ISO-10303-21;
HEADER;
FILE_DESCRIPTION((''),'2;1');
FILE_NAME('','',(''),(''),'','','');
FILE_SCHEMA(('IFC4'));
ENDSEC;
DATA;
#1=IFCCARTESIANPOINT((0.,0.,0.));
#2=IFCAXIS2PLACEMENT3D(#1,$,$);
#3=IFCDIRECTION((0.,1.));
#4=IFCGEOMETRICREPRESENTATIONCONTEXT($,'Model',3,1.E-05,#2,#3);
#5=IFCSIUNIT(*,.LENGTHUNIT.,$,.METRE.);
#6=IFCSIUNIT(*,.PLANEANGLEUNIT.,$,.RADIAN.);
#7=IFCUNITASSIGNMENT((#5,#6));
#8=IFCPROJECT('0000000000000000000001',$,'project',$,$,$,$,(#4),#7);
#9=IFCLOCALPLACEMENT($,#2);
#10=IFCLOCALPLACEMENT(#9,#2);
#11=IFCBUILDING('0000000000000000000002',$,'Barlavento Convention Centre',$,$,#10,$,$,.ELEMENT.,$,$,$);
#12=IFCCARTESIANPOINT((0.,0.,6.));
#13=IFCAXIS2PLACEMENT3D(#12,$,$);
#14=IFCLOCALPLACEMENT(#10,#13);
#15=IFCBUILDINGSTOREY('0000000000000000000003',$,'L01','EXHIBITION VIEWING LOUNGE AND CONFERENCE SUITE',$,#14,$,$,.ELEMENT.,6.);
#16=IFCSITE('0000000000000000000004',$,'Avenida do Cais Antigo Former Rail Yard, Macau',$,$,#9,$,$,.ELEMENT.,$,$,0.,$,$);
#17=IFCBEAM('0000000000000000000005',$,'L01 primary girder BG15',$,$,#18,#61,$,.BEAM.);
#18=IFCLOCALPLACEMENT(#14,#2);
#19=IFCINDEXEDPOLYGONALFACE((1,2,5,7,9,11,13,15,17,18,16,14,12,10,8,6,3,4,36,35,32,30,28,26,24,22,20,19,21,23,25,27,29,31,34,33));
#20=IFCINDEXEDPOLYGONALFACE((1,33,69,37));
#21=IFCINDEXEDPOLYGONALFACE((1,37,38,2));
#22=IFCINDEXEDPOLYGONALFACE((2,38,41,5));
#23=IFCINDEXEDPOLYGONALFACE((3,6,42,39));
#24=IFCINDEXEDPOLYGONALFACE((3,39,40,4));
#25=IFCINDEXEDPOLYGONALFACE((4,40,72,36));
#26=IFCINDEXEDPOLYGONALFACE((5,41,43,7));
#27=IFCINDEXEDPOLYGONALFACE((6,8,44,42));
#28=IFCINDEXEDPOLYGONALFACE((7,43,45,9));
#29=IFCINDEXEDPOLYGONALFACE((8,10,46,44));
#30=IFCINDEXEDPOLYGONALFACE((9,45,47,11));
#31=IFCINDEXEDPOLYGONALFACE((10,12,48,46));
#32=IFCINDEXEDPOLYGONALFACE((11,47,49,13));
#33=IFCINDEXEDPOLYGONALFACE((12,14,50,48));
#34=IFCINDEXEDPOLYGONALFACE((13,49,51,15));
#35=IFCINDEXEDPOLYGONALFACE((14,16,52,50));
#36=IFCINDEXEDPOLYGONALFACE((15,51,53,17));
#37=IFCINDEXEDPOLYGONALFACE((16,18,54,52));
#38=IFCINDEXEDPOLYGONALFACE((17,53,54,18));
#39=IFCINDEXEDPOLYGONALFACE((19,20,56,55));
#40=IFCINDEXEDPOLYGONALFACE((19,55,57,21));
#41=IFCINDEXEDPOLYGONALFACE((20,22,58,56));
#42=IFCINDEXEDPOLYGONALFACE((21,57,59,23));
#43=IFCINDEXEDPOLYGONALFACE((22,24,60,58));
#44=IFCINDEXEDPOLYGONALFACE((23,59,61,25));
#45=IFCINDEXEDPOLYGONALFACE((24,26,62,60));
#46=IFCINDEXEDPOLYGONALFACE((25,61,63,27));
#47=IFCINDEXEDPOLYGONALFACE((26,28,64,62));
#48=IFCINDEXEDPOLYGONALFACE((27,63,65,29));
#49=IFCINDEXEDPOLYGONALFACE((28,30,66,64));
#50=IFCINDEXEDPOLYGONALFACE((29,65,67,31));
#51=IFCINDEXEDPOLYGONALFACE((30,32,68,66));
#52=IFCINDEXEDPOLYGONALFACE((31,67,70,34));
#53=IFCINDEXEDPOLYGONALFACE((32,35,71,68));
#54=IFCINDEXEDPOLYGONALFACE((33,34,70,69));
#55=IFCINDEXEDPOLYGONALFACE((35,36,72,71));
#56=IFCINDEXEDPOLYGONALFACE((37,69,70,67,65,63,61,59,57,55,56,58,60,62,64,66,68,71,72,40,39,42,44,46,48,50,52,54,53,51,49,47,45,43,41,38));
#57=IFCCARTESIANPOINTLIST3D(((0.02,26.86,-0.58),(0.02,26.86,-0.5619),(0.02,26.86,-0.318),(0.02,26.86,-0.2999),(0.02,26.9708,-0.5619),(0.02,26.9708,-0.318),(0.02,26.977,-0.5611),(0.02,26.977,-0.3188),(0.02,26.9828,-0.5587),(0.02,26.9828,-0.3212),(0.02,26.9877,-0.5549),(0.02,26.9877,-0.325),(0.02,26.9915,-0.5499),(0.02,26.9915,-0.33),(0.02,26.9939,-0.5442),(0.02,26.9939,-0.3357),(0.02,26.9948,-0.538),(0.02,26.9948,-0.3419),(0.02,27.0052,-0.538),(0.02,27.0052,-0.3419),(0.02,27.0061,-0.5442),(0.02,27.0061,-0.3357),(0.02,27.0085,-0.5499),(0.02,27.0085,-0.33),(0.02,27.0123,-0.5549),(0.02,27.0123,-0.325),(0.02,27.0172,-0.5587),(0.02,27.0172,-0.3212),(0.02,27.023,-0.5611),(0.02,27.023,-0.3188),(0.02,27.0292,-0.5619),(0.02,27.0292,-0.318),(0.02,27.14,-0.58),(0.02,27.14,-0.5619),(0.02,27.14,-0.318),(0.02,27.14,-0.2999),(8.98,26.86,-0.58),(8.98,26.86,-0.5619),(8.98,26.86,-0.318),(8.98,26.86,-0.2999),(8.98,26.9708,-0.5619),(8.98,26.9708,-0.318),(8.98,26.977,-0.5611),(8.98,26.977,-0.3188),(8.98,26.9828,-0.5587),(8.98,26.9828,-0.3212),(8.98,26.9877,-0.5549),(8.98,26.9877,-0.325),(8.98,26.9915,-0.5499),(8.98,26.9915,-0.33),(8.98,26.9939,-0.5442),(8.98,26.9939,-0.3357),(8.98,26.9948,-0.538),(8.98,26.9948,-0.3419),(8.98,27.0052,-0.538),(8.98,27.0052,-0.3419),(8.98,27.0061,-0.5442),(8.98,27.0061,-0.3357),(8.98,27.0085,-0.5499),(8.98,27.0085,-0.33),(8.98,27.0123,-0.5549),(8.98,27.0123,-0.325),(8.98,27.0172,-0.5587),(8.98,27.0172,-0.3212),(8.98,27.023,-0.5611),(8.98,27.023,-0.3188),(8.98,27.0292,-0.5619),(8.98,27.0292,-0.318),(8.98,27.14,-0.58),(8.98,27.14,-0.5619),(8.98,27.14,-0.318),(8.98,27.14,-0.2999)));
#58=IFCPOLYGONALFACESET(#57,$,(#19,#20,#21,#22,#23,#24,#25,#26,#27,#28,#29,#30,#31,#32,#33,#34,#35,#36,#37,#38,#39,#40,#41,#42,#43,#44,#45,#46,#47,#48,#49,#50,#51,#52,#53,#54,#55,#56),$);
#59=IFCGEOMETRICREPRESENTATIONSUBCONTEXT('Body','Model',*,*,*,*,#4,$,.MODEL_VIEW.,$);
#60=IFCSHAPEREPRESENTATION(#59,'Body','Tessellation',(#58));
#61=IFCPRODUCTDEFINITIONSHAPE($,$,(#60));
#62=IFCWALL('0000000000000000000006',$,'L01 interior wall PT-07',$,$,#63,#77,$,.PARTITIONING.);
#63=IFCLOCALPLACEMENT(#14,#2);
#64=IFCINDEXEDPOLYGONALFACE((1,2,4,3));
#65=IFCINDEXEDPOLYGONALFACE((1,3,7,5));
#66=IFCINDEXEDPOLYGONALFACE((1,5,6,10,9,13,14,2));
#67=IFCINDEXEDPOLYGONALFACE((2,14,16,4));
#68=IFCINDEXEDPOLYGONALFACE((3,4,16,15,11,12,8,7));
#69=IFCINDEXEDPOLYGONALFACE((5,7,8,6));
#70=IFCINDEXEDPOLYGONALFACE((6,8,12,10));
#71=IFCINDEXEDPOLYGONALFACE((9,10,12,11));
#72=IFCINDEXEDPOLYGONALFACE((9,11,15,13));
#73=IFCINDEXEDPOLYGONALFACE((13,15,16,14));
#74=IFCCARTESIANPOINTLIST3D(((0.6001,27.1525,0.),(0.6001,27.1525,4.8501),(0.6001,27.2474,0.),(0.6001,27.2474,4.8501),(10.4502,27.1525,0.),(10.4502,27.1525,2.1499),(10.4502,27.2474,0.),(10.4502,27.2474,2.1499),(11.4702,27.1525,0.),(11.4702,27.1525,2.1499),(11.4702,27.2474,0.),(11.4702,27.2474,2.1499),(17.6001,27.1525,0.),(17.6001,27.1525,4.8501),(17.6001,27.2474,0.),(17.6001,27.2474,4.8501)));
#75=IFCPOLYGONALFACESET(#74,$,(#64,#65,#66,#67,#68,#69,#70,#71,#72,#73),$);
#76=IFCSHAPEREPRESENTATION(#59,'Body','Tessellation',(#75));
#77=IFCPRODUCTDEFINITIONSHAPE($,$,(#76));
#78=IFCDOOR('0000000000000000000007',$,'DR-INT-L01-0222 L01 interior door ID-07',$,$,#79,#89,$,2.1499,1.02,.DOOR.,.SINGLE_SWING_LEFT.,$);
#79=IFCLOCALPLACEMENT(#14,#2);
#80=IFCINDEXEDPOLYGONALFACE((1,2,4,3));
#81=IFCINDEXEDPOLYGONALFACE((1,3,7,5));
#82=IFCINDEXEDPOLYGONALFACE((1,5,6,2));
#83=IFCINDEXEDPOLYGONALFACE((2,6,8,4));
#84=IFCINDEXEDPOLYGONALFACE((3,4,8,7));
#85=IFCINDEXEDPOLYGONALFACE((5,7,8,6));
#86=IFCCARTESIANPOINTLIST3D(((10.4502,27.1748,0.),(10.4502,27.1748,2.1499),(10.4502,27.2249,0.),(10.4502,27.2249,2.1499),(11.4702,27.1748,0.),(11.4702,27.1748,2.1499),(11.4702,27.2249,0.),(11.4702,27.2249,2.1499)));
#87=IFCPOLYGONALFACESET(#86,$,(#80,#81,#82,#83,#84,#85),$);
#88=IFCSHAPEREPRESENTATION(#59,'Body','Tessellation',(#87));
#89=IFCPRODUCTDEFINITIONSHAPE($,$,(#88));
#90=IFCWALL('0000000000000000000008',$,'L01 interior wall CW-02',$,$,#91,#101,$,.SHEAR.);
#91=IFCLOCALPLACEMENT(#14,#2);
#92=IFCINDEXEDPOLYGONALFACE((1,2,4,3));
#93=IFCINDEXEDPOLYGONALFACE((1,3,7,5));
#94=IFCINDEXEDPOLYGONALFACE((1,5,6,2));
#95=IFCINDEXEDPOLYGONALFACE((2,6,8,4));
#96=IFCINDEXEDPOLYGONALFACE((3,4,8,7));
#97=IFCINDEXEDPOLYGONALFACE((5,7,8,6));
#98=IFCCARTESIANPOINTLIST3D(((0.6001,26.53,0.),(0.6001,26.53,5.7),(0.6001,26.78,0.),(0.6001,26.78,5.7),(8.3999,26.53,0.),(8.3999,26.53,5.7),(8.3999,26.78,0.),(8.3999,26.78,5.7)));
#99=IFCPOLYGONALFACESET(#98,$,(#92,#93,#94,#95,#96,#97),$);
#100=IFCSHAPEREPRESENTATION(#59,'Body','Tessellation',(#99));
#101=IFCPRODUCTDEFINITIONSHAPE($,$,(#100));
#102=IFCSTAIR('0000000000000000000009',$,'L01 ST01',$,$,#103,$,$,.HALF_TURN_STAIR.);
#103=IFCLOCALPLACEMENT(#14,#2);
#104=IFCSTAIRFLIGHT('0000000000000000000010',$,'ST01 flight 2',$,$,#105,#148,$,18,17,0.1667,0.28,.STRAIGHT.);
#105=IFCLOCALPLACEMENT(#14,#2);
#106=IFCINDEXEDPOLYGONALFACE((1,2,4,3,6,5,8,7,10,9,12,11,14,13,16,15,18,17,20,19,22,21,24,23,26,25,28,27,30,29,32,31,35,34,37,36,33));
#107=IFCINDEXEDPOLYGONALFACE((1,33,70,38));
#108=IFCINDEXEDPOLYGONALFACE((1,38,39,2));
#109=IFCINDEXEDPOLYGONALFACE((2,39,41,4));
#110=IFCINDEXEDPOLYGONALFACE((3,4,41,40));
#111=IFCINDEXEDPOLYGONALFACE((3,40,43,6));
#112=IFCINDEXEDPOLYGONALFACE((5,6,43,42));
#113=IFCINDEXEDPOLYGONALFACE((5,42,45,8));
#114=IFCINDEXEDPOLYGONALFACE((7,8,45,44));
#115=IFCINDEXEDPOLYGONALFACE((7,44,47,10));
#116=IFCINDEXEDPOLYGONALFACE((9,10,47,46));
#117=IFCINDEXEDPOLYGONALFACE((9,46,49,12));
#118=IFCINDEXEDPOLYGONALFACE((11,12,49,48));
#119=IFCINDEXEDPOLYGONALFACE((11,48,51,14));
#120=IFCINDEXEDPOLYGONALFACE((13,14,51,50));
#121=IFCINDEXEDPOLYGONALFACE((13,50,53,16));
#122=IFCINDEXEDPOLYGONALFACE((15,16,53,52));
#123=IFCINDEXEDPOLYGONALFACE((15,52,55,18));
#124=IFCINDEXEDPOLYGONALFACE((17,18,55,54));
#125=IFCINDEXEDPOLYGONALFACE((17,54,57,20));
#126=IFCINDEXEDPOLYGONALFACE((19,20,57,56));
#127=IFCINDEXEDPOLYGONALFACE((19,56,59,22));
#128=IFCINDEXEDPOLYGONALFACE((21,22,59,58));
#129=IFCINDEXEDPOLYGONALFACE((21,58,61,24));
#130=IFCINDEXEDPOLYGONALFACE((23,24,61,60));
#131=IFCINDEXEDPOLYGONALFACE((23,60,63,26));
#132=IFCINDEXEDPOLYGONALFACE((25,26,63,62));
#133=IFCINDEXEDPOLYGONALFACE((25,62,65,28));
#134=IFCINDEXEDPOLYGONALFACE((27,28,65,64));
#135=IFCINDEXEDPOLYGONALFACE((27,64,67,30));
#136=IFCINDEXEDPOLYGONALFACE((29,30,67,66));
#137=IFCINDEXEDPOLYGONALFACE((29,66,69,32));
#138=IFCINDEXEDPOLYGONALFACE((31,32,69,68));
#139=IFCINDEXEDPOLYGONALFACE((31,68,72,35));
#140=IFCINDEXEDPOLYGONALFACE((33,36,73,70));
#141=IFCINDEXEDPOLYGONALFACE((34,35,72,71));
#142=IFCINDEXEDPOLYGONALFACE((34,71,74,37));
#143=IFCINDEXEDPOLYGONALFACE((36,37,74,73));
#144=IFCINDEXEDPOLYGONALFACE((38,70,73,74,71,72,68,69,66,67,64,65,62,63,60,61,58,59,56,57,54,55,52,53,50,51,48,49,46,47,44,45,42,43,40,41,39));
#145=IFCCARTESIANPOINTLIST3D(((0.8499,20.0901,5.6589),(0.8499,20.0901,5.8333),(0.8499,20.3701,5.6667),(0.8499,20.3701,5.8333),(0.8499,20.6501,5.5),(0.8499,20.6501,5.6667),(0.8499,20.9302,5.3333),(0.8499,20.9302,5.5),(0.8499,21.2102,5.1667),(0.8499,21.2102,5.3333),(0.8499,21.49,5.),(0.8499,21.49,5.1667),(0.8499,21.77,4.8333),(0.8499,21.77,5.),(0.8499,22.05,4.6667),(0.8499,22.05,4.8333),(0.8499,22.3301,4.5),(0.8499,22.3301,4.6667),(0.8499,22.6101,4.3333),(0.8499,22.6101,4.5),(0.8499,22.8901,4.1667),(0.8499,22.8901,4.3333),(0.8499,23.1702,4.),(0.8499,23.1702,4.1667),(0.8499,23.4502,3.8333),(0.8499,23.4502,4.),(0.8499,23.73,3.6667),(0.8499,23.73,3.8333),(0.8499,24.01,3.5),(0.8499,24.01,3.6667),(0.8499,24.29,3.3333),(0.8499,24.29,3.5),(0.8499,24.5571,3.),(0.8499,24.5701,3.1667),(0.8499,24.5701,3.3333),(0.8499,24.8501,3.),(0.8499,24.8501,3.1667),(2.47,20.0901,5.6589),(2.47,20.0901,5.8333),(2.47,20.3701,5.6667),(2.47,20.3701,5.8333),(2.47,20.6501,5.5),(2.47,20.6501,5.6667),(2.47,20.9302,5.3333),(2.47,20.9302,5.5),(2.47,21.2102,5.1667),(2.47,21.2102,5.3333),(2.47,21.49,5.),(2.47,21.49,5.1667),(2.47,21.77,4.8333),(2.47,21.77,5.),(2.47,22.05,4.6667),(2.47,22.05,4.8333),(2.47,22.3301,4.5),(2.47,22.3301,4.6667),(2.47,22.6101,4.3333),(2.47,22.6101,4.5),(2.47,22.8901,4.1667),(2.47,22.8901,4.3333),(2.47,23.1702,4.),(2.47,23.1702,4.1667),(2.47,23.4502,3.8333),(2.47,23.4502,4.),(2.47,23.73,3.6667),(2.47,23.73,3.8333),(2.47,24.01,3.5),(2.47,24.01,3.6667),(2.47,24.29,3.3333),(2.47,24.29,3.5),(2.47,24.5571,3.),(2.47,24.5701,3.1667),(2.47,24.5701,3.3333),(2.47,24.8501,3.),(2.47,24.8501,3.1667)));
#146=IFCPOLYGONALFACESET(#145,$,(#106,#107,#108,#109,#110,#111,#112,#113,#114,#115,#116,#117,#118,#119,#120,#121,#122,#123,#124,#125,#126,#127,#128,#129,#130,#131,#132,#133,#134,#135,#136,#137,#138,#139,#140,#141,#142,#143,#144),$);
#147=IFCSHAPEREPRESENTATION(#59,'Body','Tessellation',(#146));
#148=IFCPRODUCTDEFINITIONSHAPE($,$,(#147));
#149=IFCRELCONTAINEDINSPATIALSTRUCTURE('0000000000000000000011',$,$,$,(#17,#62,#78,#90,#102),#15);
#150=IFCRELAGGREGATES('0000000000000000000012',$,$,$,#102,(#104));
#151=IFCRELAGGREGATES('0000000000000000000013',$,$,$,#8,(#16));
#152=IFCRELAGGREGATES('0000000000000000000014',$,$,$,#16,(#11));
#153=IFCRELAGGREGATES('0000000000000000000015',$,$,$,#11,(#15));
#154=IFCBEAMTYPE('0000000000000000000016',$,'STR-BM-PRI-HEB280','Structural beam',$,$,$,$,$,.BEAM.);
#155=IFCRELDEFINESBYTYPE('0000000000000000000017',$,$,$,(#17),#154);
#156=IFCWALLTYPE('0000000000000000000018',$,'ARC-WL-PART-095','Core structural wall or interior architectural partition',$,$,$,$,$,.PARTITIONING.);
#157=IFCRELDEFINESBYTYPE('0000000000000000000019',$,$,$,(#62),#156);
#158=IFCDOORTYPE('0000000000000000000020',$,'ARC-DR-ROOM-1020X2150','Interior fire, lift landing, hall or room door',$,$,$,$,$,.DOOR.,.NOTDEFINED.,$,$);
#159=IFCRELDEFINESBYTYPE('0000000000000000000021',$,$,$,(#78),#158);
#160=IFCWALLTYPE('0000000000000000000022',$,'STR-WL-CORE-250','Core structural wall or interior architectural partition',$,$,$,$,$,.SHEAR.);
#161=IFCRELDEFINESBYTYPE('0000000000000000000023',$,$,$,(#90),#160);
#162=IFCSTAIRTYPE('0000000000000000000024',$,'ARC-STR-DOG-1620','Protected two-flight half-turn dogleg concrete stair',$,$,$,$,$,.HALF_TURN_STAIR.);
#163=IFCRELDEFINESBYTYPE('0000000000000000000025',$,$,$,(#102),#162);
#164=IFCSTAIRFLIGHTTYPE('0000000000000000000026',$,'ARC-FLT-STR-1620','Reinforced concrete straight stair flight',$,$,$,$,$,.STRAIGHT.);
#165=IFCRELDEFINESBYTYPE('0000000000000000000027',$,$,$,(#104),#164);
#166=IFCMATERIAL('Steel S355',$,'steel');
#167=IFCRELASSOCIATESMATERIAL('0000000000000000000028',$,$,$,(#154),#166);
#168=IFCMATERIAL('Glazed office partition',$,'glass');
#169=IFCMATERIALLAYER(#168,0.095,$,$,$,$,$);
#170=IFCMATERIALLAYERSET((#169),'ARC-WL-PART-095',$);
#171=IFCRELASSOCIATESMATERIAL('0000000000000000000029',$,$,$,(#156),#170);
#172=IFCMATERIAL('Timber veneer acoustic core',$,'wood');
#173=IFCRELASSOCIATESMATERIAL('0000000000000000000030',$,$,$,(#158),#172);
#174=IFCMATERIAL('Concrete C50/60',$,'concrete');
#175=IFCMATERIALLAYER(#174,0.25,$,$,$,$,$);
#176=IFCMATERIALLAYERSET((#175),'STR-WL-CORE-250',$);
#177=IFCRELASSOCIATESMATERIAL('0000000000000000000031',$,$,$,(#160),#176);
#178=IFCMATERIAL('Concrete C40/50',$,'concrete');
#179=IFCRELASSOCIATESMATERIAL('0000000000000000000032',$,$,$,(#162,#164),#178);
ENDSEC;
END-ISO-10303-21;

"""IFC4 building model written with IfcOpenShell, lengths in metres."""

from ifc_helpers import new_model, si_unit, direction, frame, frame_2d, origin, origin_2d, place, context, subcontext, project, spatial, polyline, rectangle, i_section, outline, extrude, material, layer, layer_set, material_profile, profile_set, type_object, element, fill, aggregate, save


model = new_model("IFC4")

# Units and contexts
model_context = context("Model", 3, precision=1e-05, world=origin(), true_north=direction((0.0, 1.0)))
body_context = subcontext(model_context, "Body", "Model", "MODEL_VIEW")
ifc_project = project(units=[si_unit("LENGTHUNIT", "METRE"), si_unit("PLANEANGLEUNIT", "RADIAN")], contexts=[model_context])

# Site, building, storey
site_placement = place(None, origin())
site = spatial("IfcSite", under=ifc_project, at=site_placement, Name="Avenida do Cais Antigo Former Rail Yard, Macau", CompositionType="ELEMENT", RefElevation=0.0)
building_placement = place(site_placement, origin())
building = spatial("IfcBuilding", under=site, at=building_placement, Name="Barlavento Convention Centre", CompositionType="ELEMENT")
storey_placement = place(building_placement, frame((0.0, 0.0, 6.0)))
storey = spatial("IfcBuildingStorey", under=building, at=storey_placement, Name="L01", Description="EXHIBITION VIEWING LOUNGE AND CONFERENCE SUITE", CompositionType="ELEMENT", Elevation=6.0)

# Shared definitions
ifc_material_1 = material(Name="Steel S355", Category="steel")

# Beam
ifc_material_profile_1 = material_profile(ifc_material_1, i_section(OverallWidth=0.28, OverallDepth=0.28, WebThickness=0.0105, FlangeThickness=0.0181, FilletRadius=0.0239, at=origin_2d()), Name="HEB 280")
ifc_profile_set_1 = profile_set([ifc_material_profile_1], Name="Steel S355")
beam_type_1 = type_object("IfcBeamType", Name="STR-BM-PRI-HEB280", Description="Structural beam", PredefinedType="BEAM", material=ifc_profile_set_1)
beam_1_placement = place(storey_placement, frame((0.02, 27.0, -0.4399), z_axis=(1.0, 0.0, 0.0), x_axis=(0.0, 1.0, 0.0)))
element("IfcBeam", 1, at=beam_1_placement, inside=storey, type_object=beam_type_1, Name="L01 primary girder BG15", PredefinedType="BEAM", context=body_context, shape_type="SweptSolid", body=[
    extrude(i_section(OverallWidth=0.28, OverallDepth=0.28, WebThickness=0.0105, FlangeThickness=0.0181, FilletRadius=0.0239, at=origin_2d()), origin(), (0.0, 0.0, 1.0), 8.96),
])

# Wall, opening, door
ifc_material_2 = material(Name="Glazed office partition", Category="glass")
ifc_layer_1 = layer(ifc_material_2, 0.095)
ifc_layer_set_1 = layer_set([ifc_layer_1], Name="ARC-WL-PART-095")
wall_type_1 = type_object("IfcWallType", Name="ARC-WL-PART-095", Description="Core structural wall or interior architectural partition", PredefinedType="PARTITIONING", material=ifc_layer_set_1)
wall_1_placement = place(storey_placement, frame((0.6001, 27.2, 0.0), z_axis=(0.0, 0.0, 1.0), x_axis=(1.0, 0.0, 0.0)))
wall_1 = element("IfcWall", 2, at=wall_1_placement, inside=storey, type_object=wall_type_1, Name="L01 interior wall PT-07", PredefinedType="PARTITIONING", context=body_context, shape_type="SweptSolid", body=[
    extrude(rectangle(XDim=17.0, YDim=0.095, at=frame_2d((8.5, 0.0))), origin(), (0.0, 0.0, 1.0), 4.8501),
])
opening_1_placement = place(wall_1_placement, frame((9.8501, 0.0, 0.0)))
opening_1 = element("IfcOpeningElement", 3, at=opening_1_placement, cuts=wall_1, PredefinedType="OPENING", context=body_context, shape_type="SweptSolid", body=[
    extrude(rectangle(XDim=1.02, YDim=2.1499, at=frame_2d((0.51, 1.075))), frame((0.0, 0.0574, 0.0), z_axis=(0.0, -1.0, 0.0), x_axis=(1.0, 0.0, 0.0)), (0.0, 0.0, 1.0), 0.115),
])
ifc_material_3 = material(Name="Timber veneer acoustic core", Category="wood")
door_type_1 = type_object("IfcDoorType", Name="ARC-DR-ROOM-1020X2150", Description="Interior fire, lift landing, hall or room door", OperationType="NOTDEFINED", PredefinedType="DOOR", material=ifc_material_3)
door_1_placement = place(opening_1_placement, origin())
door_1 = element("IfcDoor", 4, at=door_1_placement, inside=storey, type_object=door_type_1, Name="DR-INT-L01-0222 L01 interior door ID-07", OperationType="SINGLE_SWING_LEFT", OverallHeight=2.1499, OverallWidth=1.02, PredefinedType="DOOR", context=body_context, shape_type="SweptSolid", body=[
    extrude(rectangle(XDim=1.02, YDim=2.1499, at=frame_2d((0.51, 1.075))), frame((0.0, 0.0249, 0.0), z_axis=(0.0, -1.0, 0.0), x_axis=(1.0, 0.0, 0.0)), (0.0, 0.0, 1.0), 0.05),
])
fill(opening_1, door_1)

# Wall
ifc_material_4 = material(Name="Concrete C50/60", Category="concrete")
ifc_layer_2 = layer(ifc_material_4, 0.25)
ifc_layer_set_2 = layer_set([ifc_layer_2], Name="STR-WL-CORE-250")
wall_type_2 = type_object("IfcWallType", Name="STR-WL-CORE-250", Description="Core structural wall or interior architectural partition", PredefinedType="SHEAR", material=ifc_layer_set_2)
wall_2_placement = place(storey_placement, frame((0.6001, 26.655, 0.0), z_axis=(0.0, 0.0, 1.0), x_axis=(1.0, 0.0, 0.0)))
element("IfcWall", 5, at=wall_2_placement, inside=storey, type_object=wall_type_2, Name="L01 interior wall CW-02", PredefinedType="SHEAR", context=body_context, shape_type="SweptSolid", body=[
    extrude(rectangle(XDim=7.7998, YDim=0.25, at=frame_2d((3.8999, 0.0))), origin(), (0.0, 0.0, 1.0), 5.7),
])

# Stair, stair flight
ifc_material_5 = material(Name="Concrete C40/50", Category="concrete")
stair_type = type_object("IfcStairType", Name="ARC-STR-DOG-1620", Description="Protected two-flight half-turn dogleg concrete stair", PredefinedType="HALF_TURN_STAIR", material=ifc_material_5)
stair_placement = place(storey_placement, origin())
stair = element("IfcStair", 6, at=stair_placement, inside=storey, type_object=stair_type, Name="L01 ST01", PredefinedType="HALF_TURN_STAIR")
stair_flight_type = type_object("IfcStairFlightType", Name="ARC-FLT-STR-1620", Description="Reinforced concrete straight stair flight", PredefinedType="STRAIGHT", material=ifc_material_5)
stair_flight_placement = place(storey_placement, frame((1.6599, 24.8501, 3.0), z_axis=(0.0, 0.0, 1.0), x_axis=(0.0, -1.0, 0.0)))
stair_flight = element("IfcStairFlight", 7, at=stair_flight_placement, type_object=stair_flight_type, Name="ST01 flight 2", NumberOfRisers=18, NumberOfTreads=17, PredefinedType="STRAIGHT", RiserHeight=0.1667, TreadLength=0.28, context=body_context, shape_type="SweptSolid", body=[
    extrude(outline(polyline([(0.0, 0.0), (0.0, 0.1667), (0.28, 0.1667), (0.28, 0.3333), (0.5601, 0.3333), (0.5601, 0.5), (0.8401, 0.5), (0.8401, 0.6667), (1.1201, 0.6667), (1.1201, 0.8333), (1.3999, 0.8333), (1.3999, 1.0), (1.6799, 1.0), (1.6799, 1.1667), (1.96, 1.1667), (1.96, 1.3333), (2.24, 1.3333), (2.24, 1.5), (2.52, 1.5), (2.52, 1.6667), (2.8, 1.6667), (2.8, 1.8333), (3.0801, 1.8333), (3.0801, 2.0), (3.3601, 2.0), (3.3601, 2.1667), (3.6399, 2.1667), (3.6399, 2.3333), (3.9199, 2.3333), (3.9199, 2.5), (4.2, 2.5), (4.2, 2.6667), (4.48, 2.6667), (4.48, 2.8333), (4.76, 2.8333), (4.76, 3.0), (4.76, 2.6589), (0.293, 0.0), (0.0, 0.0)])), frame((0.0, 0.8101, 0.0), z_axis=(0.0, -1.0, 0.0), x_axis=(1.0, 0.0, 0.0)), (0.0, 0.0, 1.0), 1.6201),
])
aggregate(stair, [stair_flight])

save(model, "model.ifc")
